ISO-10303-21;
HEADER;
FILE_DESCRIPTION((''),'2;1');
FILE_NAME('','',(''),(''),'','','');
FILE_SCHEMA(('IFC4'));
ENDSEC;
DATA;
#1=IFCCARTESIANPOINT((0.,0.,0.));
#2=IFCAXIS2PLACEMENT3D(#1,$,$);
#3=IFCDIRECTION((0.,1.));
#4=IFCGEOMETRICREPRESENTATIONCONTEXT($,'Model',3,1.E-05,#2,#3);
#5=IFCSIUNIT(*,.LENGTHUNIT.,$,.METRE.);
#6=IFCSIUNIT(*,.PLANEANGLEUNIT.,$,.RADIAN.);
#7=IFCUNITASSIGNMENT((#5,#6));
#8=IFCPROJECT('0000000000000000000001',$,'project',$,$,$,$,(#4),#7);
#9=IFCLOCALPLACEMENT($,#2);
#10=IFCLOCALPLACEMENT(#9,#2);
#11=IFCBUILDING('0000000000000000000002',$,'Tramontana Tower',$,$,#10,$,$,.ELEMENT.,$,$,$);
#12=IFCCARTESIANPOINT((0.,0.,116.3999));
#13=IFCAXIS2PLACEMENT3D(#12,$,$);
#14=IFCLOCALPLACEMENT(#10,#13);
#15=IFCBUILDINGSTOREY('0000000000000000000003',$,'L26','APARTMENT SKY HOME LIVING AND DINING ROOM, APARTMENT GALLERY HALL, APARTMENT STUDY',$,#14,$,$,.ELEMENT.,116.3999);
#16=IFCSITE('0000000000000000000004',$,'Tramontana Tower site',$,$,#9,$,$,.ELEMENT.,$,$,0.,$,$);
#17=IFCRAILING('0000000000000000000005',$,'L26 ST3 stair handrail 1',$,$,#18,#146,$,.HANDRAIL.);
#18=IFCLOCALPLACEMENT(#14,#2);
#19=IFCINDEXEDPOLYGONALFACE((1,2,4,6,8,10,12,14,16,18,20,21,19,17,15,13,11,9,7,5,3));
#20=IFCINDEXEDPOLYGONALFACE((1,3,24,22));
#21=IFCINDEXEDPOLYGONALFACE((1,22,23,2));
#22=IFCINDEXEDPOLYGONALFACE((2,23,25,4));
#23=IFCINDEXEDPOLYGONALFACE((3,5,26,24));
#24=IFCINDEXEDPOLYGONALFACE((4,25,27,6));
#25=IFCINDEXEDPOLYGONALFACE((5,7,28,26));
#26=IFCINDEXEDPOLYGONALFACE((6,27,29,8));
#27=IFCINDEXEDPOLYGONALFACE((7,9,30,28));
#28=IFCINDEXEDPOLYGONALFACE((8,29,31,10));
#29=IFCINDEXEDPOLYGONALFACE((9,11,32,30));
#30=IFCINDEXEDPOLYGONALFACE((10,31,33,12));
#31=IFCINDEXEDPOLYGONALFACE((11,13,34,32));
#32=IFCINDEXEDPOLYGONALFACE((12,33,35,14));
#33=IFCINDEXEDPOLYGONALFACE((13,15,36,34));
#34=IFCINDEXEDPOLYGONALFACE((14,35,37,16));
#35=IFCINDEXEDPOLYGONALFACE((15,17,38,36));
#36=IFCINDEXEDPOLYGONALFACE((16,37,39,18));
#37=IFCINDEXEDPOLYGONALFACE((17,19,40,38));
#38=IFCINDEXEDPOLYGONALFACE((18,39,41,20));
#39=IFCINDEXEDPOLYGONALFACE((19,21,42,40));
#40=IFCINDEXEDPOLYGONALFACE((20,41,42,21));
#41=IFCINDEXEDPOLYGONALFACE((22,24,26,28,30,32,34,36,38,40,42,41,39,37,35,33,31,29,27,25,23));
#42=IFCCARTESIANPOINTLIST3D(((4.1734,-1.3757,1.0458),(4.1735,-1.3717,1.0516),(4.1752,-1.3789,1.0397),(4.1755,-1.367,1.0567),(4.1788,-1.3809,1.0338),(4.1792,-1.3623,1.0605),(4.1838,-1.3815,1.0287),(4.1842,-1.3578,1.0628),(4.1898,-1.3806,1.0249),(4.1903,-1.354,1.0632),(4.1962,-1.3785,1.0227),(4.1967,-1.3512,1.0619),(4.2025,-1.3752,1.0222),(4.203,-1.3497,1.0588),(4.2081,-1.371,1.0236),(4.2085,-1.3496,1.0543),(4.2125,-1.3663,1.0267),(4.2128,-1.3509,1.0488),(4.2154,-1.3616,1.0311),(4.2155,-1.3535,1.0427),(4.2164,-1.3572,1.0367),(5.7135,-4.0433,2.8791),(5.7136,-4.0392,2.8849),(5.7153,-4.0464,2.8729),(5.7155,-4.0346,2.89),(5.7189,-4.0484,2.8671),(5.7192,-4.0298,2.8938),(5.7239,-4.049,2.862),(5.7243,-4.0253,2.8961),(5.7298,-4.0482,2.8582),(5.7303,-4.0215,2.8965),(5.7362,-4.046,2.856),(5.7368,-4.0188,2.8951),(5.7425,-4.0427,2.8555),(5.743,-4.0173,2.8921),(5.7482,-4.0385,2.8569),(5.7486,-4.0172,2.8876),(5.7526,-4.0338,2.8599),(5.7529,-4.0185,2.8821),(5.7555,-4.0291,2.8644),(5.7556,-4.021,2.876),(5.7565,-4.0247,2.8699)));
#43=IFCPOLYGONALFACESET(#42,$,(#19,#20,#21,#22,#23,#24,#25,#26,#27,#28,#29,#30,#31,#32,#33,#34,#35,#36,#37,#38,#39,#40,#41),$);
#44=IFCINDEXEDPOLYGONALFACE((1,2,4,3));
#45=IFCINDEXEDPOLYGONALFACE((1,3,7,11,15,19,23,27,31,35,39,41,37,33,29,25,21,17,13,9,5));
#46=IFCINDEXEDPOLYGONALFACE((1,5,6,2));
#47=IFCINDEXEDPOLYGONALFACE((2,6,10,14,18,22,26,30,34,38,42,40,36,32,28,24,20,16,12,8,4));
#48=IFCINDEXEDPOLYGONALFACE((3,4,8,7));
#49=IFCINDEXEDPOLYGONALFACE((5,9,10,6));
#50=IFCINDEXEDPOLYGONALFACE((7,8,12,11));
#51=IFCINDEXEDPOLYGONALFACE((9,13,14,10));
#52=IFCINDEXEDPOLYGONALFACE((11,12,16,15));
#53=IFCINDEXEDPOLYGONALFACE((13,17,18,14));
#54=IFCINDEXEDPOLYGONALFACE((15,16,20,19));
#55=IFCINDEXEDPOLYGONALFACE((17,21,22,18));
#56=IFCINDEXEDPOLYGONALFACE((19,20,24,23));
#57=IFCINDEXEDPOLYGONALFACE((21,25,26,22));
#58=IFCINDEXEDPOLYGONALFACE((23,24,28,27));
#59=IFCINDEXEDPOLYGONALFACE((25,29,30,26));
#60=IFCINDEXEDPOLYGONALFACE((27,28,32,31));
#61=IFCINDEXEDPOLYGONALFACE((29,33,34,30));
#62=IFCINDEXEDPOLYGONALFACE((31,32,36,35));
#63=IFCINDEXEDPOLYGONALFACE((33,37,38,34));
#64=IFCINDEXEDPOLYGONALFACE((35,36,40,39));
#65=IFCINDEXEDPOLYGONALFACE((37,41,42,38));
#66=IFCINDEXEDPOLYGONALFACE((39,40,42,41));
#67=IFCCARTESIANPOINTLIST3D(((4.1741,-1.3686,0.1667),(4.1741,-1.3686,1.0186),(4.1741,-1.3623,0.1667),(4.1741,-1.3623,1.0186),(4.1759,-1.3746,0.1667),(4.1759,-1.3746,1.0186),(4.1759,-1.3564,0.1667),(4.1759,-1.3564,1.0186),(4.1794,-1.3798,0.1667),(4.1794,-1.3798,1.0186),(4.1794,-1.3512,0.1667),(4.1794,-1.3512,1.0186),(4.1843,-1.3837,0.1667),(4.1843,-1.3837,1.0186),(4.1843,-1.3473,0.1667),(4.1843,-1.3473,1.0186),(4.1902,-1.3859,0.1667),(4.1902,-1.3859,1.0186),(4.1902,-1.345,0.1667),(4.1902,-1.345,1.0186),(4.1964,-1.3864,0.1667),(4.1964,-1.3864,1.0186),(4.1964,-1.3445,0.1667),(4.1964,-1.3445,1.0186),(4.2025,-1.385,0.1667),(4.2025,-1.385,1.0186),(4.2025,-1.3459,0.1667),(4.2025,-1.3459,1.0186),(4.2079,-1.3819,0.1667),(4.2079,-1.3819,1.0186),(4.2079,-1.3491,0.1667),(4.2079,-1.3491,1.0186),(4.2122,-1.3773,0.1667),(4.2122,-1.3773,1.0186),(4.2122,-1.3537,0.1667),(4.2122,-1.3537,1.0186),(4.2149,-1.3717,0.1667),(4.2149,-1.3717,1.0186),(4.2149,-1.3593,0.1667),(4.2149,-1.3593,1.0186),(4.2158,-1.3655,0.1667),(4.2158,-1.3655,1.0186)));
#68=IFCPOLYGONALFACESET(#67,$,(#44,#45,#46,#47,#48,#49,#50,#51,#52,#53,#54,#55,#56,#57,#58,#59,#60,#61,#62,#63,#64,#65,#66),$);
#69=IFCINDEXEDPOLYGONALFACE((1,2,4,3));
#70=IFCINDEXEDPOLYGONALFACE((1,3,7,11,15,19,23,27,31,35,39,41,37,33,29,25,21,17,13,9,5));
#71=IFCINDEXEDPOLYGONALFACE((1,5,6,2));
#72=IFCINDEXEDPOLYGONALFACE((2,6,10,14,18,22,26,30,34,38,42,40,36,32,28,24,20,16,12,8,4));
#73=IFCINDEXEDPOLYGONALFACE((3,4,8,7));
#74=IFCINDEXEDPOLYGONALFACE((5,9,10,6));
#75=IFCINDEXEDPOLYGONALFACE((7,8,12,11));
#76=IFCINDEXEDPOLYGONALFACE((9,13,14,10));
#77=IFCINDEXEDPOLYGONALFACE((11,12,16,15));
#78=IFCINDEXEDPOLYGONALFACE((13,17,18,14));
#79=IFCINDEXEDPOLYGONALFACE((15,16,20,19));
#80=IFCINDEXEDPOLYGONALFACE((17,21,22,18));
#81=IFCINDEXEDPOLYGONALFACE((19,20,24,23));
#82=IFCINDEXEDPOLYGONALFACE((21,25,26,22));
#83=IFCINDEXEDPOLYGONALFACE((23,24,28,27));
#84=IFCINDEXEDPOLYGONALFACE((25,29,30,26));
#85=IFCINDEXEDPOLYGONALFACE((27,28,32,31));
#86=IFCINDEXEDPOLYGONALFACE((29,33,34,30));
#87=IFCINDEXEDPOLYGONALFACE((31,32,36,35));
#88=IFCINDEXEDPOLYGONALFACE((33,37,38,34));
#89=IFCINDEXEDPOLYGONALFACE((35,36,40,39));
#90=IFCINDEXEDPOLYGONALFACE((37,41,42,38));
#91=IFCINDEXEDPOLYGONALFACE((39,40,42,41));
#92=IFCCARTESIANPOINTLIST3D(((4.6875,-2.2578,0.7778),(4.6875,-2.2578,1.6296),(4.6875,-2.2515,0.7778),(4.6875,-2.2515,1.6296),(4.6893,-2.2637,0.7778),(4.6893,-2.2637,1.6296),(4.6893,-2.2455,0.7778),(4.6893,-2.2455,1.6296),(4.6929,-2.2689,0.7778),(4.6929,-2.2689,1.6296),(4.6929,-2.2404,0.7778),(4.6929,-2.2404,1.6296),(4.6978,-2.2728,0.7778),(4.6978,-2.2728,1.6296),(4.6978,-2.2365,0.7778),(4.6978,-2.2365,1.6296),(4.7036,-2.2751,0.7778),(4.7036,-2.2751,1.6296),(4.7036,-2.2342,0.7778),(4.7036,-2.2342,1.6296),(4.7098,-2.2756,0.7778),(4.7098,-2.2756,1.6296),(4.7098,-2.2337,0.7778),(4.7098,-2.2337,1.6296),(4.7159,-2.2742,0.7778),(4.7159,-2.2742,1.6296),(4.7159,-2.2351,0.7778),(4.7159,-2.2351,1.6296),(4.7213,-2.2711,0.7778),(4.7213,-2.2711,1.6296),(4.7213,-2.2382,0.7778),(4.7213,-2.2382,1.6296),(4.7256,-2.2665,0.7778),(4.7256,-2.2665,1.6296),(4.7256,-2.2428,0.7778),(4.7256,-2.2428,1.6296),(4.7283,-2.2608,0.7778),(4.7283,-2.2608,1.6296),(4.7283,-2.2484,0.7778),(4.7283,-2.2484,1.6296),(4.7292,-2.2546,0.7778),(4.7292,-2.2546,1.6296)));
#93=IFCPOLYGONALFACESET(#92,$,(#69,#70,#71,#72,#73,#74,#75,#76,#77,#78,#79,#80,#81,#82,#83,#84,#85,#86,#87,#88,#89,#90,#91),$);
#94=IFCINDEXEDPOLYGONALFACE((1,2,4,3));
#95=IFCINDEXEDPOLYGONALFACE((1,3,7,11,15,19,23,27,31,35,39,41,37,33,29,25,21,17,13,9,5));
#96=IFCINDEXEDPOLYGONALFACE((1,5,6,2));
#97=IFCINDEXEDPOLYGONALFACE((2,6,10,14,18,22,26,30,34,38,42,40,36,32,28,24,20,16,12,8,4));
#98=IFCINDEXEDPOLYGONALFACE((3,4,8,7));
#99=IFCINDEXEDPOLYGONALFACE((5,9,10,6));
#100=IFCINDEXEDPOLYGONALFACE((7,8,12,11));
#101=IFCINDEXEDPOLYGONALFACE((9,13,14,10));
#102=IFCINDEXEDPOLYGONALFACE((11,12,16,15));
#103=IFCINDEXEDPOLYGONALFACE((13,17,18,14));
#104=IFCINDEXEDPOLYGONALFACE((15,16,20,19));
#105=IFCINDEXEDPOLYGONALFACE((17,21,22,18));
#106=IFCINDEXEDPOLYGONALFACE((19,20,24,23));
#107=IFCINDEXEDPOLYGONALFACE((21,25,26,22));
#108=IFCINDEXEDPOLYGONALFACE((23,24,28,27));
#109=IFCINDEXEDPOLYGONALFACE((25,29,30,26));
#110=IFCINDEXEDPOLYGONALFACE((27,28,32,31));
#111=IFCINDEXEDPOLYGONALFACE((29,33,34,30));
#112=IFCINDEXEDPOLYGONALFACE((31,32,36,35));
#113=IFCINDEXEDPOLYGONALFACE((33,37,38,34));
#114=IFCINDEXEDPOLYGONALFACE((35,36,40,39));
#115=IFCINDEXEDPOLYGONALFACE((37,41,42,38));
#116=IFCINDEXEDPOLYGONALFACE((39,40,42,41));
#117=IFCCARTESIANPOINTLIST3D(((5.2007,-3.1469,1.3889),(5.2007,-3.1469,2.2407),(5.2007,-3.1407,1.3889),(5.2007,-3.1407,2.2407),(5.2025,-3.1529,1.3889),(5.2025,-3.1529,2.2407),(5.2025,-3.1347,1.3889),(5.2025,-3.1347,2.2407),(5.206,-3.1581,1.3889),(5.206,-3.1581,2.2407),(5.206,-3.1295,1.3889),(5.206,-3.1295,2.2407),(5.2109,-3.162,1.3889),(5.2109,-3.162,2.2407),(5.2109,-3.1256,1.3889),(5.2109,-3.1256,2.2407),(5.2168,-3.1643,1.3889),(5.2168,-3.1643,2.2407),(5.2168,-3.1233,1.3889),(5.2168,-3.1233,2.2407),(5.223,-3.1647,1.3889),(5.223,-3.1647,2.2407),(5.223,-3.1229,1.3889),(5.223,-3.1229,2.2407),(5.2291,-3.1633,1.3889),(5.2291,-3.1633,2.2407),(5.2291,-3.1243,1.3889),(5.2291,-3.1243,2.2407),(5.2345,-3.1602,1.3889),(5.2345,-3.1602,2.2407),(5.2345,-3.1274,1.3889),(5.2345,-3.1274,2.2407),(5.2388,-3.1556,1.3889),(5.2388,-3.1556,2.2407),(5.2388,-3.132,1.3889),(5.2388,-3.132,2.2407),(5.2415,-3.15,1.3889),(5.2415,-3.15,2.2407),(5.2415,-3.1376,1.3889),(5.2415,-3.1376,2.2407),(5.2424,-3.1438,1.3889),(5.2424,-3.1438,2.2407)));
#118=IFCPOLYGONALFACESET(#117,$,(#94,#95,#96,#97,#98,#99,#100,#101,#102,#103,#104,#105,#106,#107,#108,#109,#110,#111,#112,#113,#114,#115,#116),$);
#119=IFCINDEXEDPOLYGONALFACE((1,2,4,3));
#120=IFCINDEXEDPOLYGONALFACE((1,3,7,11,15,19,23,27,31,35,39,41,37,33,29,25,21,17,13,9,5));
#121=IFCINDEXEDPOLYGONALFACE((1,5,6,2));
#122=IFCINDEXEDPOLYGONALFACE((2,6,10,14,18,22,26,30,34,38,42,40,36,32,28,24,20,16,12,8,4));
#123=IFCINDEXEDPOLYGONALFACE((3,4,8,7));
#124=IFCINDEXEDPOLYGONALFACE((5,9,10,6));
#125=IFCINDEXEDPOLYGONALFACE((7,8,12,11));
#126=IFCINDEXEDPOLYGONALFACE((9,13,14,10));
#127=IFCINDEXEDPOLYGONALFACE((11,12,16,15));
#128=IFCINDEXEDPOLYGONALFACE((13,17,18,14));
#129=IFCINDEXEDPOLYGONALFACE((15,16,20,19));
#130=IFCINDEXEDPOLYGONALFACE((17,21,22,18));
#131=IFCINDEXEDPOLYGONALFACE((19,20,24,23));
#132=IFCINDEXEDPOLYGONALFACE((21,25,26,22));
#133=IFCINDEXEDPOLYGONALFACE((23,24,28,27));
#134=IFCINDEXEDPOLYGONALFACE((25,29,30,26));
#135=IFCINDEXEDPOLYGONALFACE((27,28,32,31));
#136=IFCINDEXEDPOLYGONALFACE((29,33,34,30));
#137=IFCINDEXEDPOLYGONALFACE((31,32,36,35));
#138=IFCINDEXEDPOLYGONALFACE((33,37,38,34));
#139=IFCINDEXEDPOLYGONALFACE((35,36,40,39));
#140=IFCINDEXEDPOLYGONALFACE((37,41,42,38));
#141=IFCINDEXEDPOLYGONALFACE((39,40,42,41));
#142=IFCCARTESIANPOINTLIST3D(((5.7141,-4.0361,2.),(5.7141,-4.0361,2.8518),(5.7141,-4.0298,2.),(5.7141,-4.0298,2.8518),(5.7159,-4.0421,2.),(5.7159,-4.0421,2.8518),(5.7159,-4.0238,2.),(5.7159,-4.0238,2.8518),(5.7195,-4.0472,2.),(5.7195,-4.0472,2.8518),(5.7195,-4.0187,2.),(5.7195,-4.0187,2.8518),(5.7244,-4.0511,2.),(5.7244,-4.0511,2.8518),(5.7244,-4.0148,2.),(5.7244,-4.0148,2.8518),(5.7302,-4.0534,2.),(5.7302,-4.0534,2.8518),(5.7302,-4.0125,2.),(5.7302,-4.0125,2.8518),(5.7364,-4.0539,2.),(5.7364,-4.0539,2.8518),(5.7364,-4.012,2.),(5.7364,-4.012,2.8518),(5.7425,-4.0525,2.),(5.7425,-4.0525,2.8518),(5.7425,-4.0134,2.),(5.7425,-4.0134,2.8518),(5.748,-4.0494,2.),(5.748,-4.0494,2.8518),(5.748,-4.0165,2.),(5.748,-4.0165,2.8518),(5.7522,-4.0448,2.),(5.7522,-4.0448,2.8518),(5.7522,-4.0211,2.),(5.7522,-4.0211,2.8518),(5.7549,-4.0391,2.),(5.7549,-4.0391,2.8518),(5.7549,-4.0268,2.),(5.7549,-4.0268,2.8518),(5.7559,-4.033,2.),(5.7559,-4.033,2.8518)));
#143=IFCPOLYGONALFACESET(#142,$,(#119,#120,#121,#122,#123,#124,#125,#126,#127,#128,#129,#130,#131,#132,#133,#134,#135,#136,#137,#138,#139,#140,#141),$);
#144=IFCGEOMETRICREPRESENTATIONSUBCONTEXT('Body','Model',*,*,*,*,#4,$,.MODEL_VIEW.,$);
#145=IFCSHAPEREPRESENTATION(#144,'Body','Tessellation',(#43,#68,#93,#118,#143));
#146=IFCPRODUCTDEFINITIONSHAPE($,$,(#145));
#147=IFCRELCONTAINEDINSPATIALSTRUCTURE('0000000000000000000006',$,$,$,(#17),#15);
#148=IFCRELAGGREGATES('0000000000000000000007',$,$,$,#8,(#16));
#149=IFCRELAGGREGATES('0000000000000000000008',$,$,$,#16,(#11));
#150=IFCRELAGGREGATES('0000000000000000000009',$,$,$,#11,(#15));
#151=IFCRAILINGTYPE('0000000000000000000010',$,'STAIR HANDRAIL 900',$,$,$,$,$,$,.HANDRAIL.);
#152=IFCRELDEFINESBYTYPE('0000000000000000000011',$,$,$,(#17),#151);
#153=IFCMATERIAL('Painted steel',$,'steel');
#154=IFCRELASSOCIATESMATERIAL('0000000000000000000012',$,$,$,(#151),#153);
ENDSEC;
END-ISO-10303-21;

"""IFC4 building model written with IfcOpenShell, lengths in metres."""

from ifc_helpers import new_model, si_unit, direction, frame, origin, origin_2d, place, context, subcontext, project, spatial, circle, extrude, material, type_object, element, save


model = new_model("IFC4")

# Units and contexts
model_context = context("Model", 3, precision=1e-05, world=origin(), true_north=direction((0.0, 1.0)))
body_context = subcontext(model_context, "Body", "Model", "MODEL_VIEW")
ifc_project = project(units=[si_unit("LENGTHUNIT", "METRE"), si_unit("PLANEANGLEUNIT", "RADIAN")], contexts=[model_context])

# Site, building, storey
site_placement = place(None, origin())
site = spatial("IfcSite", under=ifc_project, at=site_placement, Name="Tramontana Tower site", CompositionType="ELEMENT", RefElevation=0.0)
building_placement = place(site_placement, origin())
building = spatial("IfcBuilding", under=site, at=building_placement, Name="Tramontana Tower", CompositionType="ELEMENT")
storey_placement = place(building_placement, frame((0.0, 0.0, 116.3999)))
storey = spatial("IfcBuildingStorey", under=building, at=storey_placement, Name="L26", Description="APARTMENT SKY HOME LIVING AND DINING ROOM, APARTMENT GALLERY HALL, APARTMENT STUDY", CompositionType="ELEMENT", Elevation=116.3999)

# Railing
ifc_material_1 = material(Name="Painted steel", Category="steel")
railing_type_1 = type_object("IfcRailingType", Name="STAIR HANDRAIL 900", PredefinedType="HANDRAIL", material=ifc_material_1)
railing_1_placement = place(storey_placement, frame((4.1948, -1.3655, 0.1667)))
element("IfcRailing", 1, at=railing_1_placement, inside=storey, type_object=railing_type_1, Name="L26 ST3 stair handrail 1", PredefinedType="HANDRAIL", context=body_context, shape_type="SweptSolid", body=[
    extrude(circle(Radius=0.0239, at=origin_2d()), frame((0.0, 0.0, 0.876), z_axis=(0.429649, -0.74419, 0.511452), x_axis=(0.86603, 0.499992, 0.0)), (0.0, 0.0, 1.0), 3.5845),
    extrude(circle(Radius=0.021, at=origin_2d()), origin(), (0.0, 0.0, 1.0), 0.8518),
    extrude(circle(Radius=0.021, at=origin_2d()), frame((0.5134, -0.8892, 0.6111)), (0.0, 0.0, 1.0), 0.8518),
    extrude(circle(Radius=0.021, at=origin_2d()), frame((1.0266, -1.7783, 1.2222)), (0.0, 0.0, 1.0), 0.8518),
    extrude(circle(Radius=0.021, at=origin_2d()), frame((1.54, -2.6675, 1.8333)), (0.0, 0.0, 1.0), 0.8518),
])

save(model, "model.ifc")
